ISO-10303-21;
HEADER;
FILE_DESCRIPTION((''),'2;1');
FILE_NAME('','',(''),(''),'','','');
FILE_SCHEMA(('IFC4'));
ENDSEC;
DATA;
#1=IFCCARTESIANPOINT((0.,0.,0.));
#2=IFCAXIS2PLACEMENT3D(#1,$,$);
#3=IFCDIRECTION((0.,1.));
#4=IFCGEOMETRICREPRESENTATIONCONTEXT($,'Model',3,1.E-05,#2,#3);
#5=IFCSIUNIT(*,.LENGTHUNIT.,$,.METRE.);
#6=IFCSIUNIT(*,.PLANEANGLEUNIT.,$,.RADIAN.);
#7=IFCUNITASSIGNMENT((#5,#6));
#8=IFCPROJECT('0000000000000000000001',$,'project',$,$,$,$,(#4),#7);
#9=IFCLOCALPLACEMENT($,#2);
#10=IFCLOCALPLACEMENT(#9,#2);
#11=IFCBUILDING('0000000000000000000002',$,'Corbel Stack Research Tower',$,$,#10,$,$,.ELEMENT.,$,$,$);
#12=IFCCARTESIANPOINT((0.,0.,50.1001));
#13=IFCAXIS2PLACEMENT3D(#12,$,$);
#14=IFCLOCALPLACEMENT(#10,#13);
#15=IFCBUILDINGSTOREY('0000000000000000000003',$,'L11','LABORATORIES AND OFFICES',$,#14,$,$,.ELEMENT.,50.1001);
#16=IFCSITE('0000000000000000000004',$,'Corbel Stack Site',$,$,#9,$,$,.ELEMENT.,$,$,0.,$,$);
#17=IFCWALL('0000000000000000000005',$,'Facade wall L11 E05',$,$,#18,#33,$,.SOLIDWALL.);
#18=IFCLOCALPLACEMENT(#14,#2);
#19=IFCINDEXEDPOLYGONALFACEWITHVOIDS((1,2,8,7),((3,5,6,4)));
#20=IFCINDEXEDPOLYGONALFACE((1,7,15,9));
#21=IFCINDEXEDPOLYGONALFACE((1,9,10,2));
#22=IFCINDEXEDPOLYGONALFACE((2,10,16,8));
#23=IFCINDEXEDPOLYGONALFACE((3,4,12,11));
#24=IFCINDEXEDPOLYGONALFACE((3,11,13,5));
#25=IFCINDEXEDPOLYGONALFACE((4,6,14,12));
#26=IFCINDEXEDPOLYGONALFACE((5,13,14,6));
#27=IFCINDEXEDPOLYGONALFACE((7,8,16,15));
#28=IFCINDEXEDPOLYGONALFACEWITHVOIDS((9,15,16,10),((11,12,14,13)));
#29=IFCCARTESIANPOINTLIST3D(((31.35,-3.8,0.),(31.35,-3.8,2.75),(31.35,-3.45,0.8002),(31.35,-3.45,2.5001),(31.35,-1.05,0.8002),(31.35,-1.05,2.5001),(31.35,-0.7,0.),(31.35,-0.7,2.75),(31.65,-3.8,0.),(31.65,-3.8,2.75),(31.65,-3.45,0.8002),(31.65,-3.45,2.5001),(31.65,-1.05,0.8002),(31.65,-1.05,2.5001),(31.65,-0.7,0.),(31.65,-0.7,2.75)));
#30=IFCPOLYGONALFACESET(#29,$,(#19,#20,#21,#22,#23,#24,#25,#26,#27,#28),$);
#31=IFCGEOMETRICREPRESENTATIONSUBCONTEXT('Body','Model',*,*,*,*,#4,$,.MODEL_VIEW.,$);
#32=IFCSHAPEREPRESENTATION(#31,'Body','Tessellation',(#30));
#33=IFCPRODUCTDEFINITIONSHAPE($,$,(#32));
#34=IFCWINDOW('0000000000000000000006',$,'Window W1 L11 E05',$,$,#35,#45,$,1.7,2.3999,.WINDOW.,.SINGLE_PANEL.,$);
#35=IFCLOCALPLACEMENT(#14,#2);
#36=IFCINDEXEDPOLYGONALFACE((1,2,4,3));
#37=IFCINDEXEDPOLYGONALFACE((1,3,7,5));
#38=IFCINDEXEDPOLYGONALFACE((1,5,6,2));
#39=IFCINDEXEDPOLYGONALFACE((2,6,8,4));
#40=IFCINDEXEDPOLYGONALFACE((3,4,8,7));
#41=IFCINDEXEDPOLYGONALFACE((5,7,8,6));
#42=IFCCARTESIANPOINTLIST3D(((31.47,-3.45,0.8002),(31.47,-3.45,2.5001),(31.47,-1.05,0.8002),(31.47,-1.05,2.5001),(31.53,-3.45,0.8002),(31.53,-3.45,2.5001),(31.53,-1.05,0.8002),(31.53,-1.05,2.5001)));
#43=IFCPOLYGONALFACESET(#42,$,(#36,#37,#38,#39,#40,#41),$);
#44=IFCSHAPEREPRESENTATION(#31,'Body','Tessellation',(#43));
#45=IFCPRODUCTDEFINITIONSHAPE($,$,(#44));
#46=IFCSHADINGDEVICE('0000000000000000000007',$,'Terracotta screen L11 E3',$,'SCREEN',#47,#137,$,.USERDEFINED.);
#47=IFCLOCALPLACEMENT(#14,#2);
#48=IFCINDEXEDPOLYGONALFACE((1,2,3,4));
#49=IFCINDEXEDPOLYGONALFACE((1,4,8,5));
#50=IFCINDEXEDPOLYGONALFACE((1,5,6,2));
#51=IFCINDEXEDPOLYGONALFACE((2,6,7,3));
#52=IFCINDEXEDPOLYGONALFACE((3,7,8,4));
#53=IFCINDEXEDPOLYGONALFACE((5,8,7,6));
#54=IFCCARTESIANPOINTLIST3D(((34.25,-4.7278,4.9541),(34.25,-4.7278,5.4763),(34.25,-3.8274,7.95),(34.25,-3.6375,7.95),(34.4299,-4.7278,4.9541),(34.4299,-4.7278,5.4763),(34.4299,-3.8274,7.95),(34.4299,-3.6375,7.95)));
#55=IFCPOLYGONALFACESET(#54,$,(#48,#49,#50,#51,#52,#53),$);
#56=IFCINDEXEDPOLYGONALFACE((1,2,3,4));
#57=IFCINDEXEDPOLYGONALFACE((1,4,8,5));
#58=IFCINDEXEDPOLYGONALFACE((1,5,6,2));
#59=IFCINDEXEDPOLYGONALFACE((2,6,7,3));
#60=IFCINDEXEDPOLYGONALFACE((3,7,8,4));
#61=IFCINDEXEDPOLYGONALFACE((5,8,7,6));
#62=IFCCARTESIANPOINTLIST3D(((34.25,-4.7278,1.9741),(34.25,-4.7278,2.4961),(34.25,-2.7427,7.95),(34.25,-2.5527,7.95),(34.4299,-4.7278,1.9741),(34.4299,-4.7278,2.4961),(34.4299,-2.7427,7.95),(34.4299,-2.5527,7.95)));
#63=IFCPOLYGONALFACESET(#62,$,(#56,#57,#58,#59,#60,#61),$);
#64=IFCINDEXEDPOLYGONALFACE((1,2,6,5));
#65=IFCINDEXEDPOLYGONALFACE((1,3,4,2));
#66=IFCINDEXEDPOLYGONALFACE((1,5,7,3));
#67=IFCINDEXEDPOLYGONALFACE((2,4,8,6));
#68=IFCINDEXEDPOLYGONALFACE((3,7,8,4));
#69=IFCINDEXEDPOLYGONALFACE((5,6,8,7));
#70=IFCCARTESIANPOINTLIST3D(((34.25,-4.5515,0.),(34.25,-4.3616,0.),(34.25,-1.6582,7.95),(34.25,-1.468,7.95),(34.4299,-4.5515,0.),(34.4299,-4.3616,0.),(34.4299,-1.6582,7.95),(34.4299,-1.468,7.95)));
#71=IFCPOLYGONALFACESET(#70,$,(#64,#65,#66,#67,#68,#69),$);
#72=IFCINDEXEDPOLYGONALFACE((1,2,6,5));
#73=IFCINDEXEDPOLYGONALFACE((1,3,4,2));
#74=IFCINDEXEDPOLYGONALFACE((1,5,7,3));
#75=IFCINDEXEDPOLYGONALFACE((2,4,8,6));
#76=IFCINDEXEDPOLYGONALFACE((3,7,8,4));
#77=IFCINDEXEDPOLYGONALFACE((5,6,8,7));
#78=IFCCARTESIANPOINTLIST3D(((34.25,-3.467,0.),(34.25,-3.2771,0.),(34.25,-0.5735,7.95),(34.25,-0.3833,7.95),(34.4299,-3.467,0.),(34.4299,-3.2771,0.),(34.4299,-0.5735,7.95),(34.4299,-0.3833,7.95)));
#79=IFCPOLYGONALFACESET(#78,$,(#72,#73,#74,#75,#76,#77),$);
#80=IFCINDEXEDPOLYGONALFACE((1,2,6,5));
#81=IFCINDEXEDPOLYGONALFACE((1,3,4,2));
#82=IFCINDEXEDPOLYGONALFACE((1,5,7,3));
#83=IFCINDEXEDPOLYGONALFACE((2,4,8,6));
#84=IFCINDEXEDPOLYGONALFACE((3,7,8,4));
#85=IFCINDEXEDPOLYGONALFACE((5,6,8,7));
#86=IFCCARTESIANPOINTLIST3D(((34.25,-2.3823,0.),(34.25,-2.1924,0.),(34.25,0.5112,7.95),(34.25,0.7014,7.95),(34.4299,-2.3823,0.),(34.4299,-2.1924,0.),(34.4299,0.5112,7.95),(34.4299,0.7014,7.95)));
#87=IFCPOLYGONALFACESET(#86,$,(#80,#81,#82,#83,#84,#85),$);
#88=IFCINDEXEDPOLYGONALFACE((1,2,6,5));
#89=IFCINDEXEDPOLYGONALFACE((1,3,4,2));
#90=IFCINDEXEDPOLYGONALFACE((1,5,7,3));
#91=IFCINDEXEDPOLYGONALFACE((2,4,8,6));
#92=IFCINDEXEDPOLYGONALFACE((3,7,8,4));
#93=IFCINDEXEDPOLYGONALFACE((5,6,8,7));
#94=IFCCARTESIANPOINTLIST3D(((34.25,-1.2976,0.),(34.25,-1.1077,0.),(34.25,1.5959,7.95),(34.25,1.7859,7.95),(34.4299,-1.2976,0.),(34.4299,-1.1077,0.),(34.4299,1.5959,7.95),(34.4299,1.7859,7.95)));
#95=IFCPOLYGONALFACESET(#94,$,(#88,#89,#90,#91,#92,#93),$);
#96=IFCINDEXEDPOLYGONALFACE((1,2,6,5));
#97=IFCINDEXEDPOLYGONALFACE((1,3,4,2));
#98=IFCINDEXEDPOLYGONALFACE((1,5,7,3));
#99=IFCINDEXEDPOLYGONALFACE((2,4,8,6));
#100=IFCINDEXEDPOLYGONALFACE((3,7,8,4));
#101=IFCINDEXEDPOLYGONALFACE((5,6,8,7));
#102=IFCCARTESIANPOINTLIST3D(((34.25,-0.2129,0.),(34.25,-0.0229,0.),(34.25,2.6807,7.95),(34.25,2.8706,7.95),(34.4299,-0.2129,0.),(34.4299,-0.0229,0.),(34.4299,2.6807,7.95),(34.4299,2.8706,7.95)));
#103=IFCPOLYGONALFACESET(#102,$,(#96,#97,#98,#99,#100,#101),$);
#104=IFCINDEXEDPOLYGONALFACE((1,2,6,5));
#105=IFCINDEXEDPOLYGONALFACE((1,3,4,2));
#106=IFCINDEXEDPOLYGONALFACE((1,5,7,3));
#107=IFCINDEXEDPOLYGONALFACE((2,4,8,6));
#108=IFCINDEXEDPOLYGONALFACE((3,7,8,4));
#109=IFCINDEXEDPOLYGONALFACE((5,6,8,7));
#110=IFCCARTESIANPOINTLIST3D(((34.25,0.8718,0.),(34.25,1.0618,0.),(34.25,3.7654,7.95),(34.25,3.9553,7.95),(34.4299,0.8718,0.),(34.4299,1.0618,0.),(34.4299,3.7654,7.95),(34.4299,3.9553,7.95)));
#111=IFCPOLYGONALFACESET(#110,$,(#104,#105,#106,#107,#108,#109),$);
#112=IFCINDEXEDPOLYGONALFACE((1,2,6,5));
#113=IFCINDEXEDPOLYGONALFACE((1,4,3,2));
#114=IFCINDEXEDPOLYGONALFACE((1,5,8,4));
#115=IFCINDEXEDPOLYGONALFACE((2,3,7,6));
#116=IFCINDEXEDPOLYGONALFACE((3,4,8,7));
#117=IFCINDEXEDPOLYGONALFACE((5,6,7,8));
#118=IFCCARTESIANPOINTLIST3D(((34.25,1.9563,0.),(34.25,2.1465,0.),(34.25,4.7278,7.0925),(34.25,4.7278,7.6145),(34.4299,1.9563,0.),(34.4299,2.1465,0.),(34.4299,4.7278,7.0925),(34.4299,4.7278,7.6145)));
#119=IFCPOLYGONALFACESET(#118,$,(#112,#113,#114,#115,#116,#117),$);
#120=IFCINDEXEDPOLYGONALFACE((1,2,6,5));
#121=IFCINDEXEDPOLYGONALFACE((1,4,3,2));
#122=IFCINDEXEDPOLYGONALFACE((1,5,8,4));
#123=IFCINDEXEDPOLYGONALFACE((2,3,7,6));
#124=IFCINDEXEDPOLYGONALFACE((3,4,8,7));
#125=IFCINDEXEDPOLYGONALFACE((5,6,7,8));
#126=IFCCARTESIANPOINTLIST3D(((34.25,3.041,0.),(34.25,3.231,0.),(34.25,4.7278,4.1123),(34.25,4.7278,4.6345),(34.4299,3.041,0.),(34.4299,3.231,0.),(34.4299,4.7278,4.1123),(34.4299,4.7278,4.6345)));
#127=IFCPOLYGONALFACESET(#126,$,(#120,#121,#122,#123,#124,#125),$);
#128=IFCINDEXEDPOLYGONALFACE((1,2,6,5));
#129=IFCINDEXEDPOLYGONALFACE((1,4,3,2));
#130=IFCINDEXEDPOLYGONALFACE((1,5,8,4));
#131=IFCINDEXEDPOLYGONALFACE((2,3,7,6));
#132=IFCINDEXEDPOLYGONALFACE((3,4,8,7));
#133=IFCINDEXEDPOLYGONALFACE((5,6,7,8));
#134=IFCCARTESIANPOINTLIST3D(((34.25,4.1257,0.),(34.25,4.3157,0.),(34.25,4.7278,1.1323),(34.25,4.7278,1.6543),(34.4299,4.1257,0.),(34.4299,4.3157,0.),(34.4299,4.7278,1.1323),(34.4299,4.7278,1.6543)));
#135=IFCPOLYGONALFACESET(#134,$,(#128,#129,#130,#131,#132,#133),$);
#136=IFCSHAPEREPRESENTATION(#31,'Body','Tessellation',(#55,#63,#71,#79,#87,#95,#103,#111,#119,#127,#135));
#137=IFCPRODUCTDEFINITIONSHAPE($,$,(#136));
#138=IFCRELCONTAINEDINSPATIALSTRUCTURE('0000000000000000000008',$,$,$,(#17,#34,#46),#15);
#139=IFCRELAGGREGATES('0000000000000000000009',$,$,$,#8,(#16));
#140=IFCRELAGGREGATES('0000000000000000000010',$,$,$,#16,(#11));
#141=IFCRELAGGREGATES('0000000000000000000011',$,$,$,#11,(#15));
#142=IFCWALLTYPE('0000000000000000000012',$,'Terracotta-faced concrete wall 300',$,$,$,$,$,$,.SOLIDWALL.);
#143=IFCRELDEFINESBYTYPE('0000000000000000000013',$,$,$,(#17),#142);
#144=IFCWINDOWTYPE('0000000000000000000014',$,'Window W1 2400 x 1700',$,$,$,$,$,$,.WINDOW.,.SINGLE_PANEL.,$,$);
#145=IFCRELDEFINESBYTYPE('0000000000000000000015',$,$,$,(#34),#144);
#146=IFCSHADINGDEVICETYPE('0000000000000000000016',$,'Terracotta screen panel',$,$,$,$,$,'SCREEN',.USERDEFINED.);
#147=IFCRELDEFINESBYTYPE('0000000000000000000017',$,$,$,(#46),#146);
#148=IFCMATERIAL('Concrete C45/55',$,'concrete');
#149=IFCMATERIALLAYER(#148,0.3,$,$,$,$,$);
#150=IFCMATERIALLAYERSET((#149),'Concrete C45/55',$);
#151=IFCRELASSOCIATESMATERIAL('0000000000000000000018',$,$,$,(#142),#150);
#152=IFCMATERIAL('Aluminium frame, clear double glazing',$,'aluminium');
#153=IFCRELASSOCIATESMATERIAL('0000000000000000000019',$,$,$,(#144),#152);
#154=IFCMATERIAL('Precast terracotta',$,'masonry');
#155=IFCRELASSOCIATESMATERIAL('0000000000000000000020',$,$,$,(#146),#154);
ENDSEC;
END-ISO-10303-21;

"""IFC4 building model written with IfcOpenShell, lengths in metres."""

from ifc_helpers import new_model, si_unit, direction, frame, frame_2d, origin, place, context, subcontext, project, spatial, polyline, rectangle, outline, extrude, source, transform, mapped, material, layer, layer_set, type_object, element, fill, save


model = new_model("IFC4")

# Units and contexts
model_context = context("Model", 3, precision=1e-05, world=origin(), true_north=direction((0.0, 1.0)))
body_context = subcontext(model_context, "Body", "Model", "MODEL_VIEW")
ifc_project = project(units=[si_unit("LENGTHUNIT", "METRE"), si_unit("PLANEANGLEUNIT", "RADIAN")], contexts=[model_context])

# Site, building, storey
site_placement = place(None, origin())
site = spatial("IfcSite", under=ifc_project, at=site_placement, Name="Corbel Stack Site", CompositionType="ELEMENT", RefElevation=0.0)
building_placement = place(site_placement, origin())
building = spatial("IfcBuilding", under=site, at=building_placement, Name="Corbel Stack Research Tower", CompositionType="ELEMENT")
storey_placement = place(building_placement, frame((0.0, 0.0, 50.1001)))
storey = spatial("IfcBuildingStorey", under=building, at=storey_placement, Name="L11", Description="LABORATORIES AND OFFICES", CompositionType="ELEMENT", Elevation=50.1001)

# Wall, opening, window
ifc_material_1 = material(Name="Concrete C45/55", Category="concrete")
ifc_layer_1 = layer(ifc_material_1, 0.3)
ifc_layer_set_1 = layer_set([ifc_layer_1], Name="Concrete C45/55")
wall_type_1 = type_object("IfcWallType", Name="Terracotta-faced concrete wall 300", PredefinedType="SOLIDWALL", material=ifc_layer_set_1)
ifc_material_2 = material(Name="Aluminium frame, clear double glazing", Category="aluminium")
window_type = type_object("IfcWindowType", Name="Window W1 2400 x 1700", PartitioningType="SINGLE_PANEL", PredefinedType="WINDOW", material=ifc_material_2)
wall_1_placement = place(storey_placement, frame((31.5, -0.7, 0.0), z_axis=(0.0, 0.0, 1.0), x_axis=(0.0, -1.0, 0.0)))
wall_1 = element("IfcWall", 1, at=wall_1_placement, inside=storey, type_object=wall_type_1, Name="Facade wall L11 E05", PredefinedType="SOLIDWALL", context=body_context, shape_type="SweptSolid", body=[
    extrude(rectangle(XDim=3.1001, YDim=0.3, at=frame_2d((1.55, 0.0))), origin(), (0.0, 0.0, 1.0), 2.75),
])
opening_1_placement = place(wall_1_placement, frame((0.3501, 0.0, 0.8)))
opening_1 = element("IfcOpeningElement", 2, at=opening_1_placement, cuts=wall_1, PredefinedType="OPENING", context=body_context, shape_type="SweptSolid", body=[
    extrude(rectangle(XDim=2.3999, YDim=1.7, at=frame_2d((1.2, 0.8501))), frame((0.0, 0.1599, 0.0), z_axis=(0.0, -1.0, 0.0), x_axis=(1.0, 0.0, 0.0)), (0.0, 0.0, 1.0), 0.3201),
])
window_1_placement = place(opening_1_placement, origin())
window_1 = element("IfcWindow", 3, at=window_1_placement, inside=storey, type_object=window_type, Name="Window W1 L11 E05", OverallHeight=1.7, OverallWidth=2.3999, PartitioningType="SINGLE_PANEL", PredefinedType="WINDOW", context=body_context, shape_type="SweptSolid", body=[
    extrude(rectangle(XDim=2.3999, YDim=1.7, at=frame_2d((1.2, 0.8501))), frame((0.0, 0.03, 0.0), z_axis=(0.0, -1.0, 0.0), x_axis=(1.0, 0.0, 0.0)), (0.0, 0.0, 1.0), 0.0601),
])
fill(opening_1, window_1)

# Shading device
ifc_material_3 = material(Name="Precast terracotta", Category="masonry")
shading_device_type = type_object("IfcShadingDeviceType", Name="Terracotta screen panel", ElementType="SCREEN", PredefinedType="USERDEFINED", material=ifc_material_3)
shared_shape = source(origin(), body_context, "Body", "SweptSolid", [
    extrude(outline(polyline([(1.0903, 7.95), (0.9004, 7.95), (0.0, 5.4763), (0.0, 4.9541), (1.0903, 7.95)])), frame((0.0, 0.0, 0.0), z_axis=(0.0, -1.0, 0.0), x_axis=(1.0, 0.0, 0.0)), (0.0, 0.0, 1.0), 0.1799),
    extrude(outline(polyline([(2.175, 7.95), (1.9851, 7.95), (0.0, 2.4961), (0.0, 1.9741), (2.175, 7.95)])), frame((0.0, 0.0, 0.0), z_axis=(0.0, -1.0, 0.0), x_axis=(1.0, 0.0, 0.0)), (0.0, 0.0, 1.0), 0.1799),
    extrude(outline(polyline([(0.3662, 0.0), (3.2598, 7.95), (3.0696, 7.95), (0.1763, 0.0), (0.3662, 0.0)])), frame((0.0, 0.0, 0.0), z_axis=(0.0, -1.0, 0.0), x_axis=(1.0, 0.0, 0.0)), (0.0, 0.0, 1.0), 0.1799),
    extrude(outline(polyline([(1.4507, 0.0), (4.3445, 7.95), (4.1543, 7.95), (1.2607, 0.0), (1.4507, 0.0)])), frame((0.0, 0.0, 0.0), z_axis=(0.0, -1.0, 0.0), x_axis=(1.0, 0.0, 0.0)), (0.0, 0.0, 1.0), 0.1799),
    extrude(outline(polyline([(2.5354, 0.0), (5.4292, 7.95), (5.239, 7.95), (2.3455, 0.0), (2.5354, 0.0)])), frame((0.0, 0.0, 0.0), z_axis=(0.0, -1.0, 0.0), x_axis=(1.0, 0.0, 0.0)), (0.0, 0.0, 1.0), 0.1799),
    extrude(outline(polyline([(3.6201, 0.0), (6.5137, 7.95), (6.3237, 7.95), (3.4302, 0.0), (3.6201, 0.0)])), frame((0.0, 0.0, 0.0), z_axis=(0.0, -1.0, 0.0), x_axis=(1.0, 0.0, 0.0)), (0.0, 0.0, 1.0), 0.1799),
    extrude(outline(polyline([(4.7048, 0.0), (7.5984, 7.95), (7.4084, 7.95), (4.5149, 0.0), (4.7048, 0.0)])), frame((0.0, 0.0, 0.0), z_axis=(0.0, -1.0, 0.0), x_axis=(1.0, 0.0, 0.0)), (0.0, 0.0, 1.0), 0.1799),
    extrude(outline(polyline([(5.7896, 0.0), (8.6831, 7.95), (8.4932, 7.95), (5.5996, 0.0), (5.7896, 0.0)])), frame((0.0, 0.0, 0.0), z_axis=(0.0, -1.0, 0.0), x_axis=(1.0, 0.0, 0.0)), (0.0, 0.0, 1.0), 0.1799),
    extrude(outline(polyline([(6.8743, 0.0), (9.4556, 7.0925), (9.4556, 7.6145), (6.6841, 0.0), (6.8743, 0.0)])), frame((0.0, 0.0, 0.0), z_axis=(0.0, -1.0, 0.0), x_axis=(1.0, 0.0, 0.0)), (0.0, 0.0, 1.0), 0.1799),
    extrude(outline(polyline([(7.9587, 0.0), (9.4556, 4.1123), (9.4556, 4.6345), (7.7688, 0.0), (7.9587, 0.0)])), frame((0.0, 0.0, 0.0), z_axis=(0.0, -1.0, 0.0), x_axis=(1.0, 0.0, 0.0)), (0.0, 0.0, 1.0), 0.1799),
    extrude(outline(polyline([(9.0435, 0.0), (9.4556, 1.1323), (9.4556, 1.6543), (8.8535, 0.0), (9.0435, 0.0)])), frame((0.0, 0.0, 0.0), z_axis=(0.0, -1.0, 0.0), x_axis=(1.0, 0.0, 0.0)), (0.0, 0.0, 1.0), 0.1799),
])
shading_device_placement = place(storey_placement, frame((34.25, -4.7278, 0.0), z_axis=(0.0, 0.0, 1.0), x_axis=(0.0, 1.0, 0.0)))
element("IfcShadingDevice", 4, at=shading_device_placement, inside=storey, type_object=shading_device_type, Name="Terracotta screen L11 E3", ObjectType="SCREEN", PredefinedType="USERDEFINED", context=body_context, shape_type="MappedRepresentation", body=[
    mapped(shared_shape, transform((0.0, 0.0, 0.0))),
])

save(model, "model.ifc")
